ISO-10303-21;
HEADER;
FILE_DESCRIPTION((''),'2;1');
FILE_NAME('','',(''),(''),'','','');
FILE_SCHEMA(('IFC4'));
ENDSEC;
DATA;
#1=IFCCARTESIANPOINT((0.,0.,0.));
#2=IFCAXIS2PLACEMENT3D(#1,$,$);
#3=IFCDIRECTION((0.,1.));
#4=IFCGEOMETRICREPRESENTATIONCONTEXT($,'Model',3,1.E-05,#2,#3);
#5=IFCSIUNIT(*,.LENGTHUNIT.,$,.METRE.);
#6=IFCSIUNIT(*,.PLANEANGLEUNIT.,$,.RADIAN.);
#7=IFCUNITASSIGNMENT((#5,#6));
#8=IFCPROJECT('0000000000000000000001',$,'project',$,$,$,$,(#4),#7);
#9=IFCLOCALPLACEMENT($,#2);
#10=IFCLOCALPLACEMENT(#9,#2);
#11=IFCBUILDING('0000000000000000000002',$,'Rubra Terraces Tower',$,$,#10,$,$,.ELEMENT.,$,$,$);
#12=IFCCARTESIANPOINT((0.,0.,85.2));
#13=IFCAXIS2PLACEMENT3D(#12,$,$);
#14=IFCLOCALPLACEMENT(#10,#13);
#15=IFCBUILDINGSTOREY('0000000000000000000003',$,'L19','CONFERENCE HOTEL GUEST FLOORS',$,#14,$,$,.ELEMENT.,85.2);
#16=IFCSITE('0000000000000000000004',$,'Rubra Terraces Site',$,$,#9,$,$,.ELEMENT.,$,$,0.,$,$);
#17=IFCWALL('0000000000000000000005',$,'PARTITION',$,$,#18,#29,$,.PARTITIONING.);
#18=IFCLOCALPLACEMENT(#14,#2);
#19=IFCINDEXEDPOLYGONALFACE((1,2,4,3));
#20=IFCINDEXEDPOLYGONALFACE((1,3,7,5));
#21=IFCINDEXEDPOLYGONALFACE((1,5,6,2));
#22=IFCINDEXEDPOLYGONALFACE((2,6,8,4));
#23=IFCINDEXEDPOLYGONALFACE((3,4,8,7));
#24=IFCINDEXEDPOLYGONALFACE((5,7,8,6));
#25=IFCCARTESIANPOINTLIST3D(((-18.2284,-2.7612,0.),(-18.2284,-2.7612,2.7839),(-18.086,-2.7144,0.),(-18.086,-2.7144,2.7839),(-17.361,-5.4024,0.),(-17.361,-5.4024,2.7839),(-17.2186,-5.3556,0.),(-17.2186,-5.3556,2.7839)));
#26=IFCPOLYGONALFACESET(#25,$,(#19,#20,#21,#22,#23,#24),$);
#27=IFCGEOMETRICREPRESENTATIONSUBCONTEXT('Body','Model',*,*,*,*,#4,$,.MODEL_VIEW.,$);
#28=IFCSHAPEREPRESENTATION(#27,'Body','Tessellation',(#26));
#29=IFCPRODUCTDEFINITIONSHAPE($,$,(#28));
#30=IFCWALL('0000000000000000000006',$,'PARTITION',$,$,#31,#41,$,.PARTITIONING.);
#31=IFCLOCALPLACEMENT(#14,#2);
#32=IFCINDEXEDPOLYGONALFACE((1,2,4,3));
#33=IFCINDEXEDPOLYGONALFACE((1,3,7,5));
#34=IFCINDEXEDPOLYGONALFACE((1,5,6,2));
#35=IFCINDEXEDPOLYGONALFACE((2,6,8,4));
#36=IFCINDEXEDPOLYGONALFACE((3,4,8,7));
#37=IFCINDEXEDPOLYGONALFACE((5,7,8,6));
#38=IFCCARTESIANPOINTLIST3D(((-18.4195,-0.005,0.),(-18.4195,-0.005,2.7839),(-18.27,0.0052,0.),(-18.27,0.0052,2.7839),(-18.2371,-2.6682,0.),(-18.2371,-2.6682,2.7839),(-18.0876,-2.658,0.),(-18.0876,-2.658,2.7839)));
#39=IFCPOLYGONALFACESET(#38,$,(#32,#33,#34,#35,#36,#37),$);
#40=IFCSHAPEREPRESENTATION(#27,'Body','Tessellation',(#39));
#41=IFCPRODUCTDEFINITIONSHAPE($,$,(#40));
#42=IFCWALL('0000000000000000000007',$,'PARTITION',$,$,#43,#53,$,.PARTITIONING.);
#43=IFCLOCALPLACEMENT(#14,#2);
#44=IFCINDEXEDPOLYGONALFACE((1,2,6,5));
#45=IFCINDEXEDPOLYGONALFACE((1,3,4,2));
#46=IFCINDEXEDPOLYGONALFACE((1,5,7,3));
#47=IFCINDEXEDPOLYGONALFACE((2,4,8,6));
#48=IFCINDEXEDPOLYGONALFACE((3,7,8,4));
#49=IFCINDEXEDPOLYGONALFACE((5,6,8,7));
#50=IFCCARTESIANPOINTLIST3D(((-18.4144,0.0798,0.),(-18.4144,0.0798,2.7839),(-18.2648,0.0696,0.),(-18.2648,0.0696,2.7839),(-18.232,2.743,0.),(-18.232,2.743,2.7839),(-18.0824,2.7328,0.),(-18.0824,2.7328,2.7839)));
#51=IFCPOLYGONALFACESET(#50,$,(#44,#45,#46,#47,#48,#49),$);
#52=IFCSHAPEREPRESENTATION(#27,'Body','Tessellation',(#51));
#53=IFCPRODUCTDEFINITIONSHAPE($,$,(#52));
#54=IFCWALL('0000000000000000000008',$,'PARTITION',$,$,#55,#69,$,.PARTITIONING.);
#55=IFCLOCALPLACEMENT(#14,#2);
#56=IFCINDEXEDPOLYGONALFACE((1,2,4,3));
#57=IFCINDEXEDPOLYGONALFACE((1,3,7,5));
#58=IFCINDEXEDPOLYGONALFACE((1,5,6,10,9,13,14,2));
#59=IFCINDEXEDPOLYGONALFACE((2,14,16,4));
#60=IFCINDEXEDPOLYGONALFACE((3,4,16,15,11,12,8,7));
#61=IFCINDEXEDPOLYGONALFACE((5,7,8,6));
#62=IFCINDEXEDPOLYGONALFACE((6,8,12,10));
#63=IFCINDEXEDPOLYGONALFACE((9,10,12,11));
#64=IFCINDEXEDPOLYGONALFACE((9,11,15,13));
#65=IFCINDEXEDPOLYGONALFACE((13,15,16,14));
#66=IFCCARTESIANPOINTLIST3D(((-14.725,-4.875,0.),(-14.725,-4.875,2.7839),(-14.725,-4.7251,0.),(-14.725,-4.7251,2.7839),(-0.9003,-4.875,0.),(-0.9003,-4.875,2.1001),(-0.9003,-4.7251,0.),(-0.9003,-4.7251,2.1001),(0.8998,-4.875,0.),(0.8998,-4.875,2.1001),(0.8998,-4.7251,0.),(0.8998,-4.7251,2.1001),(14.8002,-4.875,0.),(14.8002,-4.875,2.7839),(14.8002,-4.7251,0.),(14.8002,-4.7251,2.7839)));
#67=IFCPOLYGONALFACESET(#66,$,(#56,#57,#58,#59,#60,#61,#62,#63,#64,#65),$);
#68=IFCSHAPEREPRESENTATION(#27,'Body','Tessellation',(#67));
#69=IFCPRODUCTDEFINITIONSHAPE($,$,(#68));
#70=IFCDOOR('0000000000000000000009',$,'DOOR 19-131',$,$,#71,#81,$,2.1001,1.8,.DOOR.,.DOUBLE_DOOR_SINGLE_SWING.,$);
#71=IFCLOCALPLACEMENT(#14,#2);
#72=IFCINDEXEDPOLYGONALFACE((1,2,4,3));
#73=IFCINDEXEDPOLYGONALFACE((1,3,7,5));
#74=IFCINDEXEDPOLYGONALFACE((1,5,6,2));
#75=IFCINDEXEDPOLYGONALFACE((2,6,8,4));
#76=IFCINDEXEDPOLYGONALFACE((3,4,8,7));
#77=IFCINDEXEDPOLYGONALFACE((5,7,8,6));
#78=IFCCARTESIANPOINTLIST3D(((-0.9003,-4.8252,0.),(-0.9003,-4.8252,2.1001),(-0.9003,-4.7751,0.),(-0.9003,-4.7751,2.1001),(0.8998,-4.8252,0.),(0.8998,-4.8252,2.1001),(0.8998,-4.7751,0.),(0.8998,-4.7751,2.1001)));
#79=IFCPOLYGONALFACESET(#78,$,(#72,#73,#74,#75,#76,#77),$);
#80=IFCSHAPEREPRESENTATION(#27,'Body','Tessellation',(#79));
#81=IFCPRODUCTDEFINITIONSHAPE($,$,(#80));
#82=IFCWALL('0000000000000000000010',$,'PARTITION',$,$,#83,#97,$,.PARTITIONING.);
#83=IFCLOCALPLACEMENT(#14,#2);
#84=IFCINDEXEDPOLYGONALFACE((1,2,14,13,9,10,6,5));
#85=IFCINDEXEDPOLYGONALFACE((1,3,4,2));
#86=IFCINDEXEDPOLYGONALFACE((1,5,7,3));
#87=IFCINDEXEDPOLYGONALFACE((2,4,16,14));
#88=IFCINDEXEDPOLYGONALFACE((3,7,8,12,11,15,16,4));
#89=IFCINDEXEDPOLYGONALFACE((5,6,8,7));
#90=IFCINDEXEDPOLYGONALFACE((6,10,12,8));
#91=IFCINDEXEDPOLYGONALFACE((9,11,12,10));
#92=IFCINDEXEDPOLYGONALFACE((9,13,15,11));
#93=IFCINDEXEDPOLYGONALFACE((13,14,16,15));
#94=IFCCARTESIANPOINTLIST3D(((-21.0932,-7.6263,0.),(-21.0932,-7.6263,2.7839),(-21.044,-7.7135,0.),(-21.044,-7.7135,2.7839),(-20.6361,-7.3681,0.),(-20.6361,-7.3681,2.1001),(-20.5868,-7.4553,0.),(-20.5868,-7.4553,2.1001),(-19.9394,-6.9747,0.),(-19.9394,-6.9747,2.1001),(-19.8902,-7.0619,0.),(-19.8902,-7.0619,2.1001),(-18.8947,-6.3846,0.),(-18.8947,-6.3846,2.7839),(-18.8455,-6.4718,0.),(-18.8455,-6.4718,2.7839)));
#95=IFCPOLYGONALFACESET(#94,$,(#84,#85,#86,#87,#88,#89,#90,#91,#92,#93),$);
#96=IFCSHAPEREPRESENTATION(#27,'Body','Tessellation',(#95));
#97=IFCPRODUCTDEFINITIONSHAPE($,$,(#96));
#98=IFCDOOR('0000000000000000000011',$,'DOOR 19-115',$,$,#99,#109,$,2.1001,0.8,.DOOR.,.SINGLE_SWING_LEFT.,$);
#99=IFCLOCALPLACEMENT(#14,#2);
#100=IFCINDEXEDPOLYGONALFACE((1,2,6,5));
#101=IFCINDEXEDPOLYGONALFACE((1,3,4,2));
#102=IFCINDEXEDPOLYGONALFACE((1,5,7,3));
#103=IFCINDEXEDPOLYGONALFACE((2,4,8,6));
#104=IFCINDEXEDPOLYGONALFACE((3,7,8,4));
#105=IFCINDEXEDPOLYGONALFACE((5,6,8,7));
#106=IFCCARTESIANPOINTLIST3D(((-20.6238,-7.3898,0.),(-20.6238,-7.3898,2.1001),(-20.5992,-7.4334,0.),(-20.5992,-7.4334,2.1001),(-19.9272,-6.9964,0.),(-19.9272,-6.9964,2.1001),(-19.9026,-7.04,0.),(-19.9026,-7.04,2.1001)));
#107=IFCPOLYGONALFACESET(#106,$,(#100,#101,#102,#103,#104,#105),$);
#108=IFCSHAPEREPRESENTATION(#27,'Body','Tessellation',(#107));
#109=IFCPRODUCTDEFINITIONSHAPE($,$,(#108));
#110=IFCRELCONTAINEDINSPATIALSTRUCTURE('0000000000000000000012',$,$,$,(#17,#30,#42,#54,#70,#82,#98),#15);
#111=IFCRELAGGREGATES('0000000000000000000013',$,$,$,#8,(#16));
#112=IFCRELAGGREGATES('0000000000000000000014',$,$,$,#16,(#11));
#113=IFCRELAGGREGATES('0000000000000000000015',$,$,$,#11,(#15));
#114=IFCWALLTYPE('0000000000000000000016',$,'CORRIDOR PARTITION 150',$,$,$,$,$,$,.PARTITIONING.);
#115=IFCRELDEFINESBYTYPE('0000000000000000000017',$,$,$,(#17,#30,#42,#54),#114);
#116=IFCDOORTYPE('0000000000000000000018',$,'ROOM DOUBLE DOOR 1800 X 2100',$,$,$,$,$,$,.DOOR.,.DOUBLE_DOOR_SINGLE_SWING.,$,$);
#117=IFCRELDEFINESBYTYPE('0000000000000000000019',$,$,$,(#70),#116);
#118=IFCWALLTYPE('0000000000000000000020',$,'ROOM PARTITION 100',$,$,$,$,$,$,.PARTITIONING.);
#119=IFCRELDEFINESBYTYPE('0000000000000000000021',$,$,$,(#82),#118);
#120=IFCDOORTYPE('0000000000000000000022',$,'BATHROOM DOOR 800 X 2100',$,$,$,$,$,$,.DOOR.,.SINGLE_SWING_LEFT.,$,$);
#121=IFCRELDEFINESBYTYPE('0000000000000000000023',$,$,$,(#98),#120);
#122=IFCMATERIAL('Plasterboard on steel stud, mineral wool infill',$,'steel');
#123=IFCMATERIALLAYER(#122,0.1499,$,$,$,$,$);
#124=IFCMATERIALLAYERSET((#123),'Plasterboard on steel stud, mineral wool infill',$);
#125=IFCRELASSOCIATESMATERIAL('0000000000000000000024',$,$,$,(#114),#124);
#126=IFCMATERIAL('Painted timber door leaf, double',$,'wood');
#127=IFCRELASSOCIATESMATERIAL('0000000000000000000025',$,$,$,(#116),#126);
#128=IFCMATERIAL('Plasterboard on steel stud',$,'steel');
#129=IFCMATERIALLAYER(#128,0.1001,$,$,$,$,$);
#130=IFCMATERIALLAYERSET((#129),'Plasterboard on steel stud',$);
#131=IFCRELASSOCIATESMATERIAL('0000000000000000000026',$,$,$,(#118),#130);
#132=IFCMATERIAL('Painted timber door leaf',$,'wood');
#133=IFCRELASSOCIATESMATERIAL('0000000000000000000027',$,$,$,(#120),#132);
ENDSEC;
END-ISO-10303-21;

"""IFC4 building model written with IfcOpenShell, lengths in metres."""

from ifc_helpers import new_model, si_unit, direction, frame, frame_2d, origin, place, context, subcontext, project, spatial, rectangle, extrude, material, layer, layer_set, type_object, element, fill, save


model = new_model("IFC4")

# Units and contexts
model_context = context("Model", 3, precision=1e-05, world=origin(), true_north=direction((0.0, 1.0)))
body_context = subcontext(model_context, "Body", "Model", "MODEL_VIEW")
ifc_project = project(units=[si_unit("LENGTHUNIT", "METRE"), si_unit("PLANEANGLEUNIT", "RADIAN")], contexts=[model_context])

# Site, building, storey
site_placement = place(None, origin())
site = spatial("IfcSite", under=ifc_project, at=site_placement, Name="Rubra Terraces Site", CompositionType="ELEMENT", RefElevation=0.0)
building_placement = place(site_placement, origin())
building = spatial("IfcBuilding", under=site, at=building_placement, Name="Rubra Terraces Tower", CompositionType="ELEMENT")
storey_placement = place(building_placement, frame((0.0, 0.0, 85.2)))
storey = spatial("IfcBuildingStorey", under=building, at=storey_placement, Name="L19", Description="CONFERENCE HOTEL GUEST FLOORS", CompositionType="ELEMENT", Elevation=85.2)

# Shared definitions
ifc_material_1 = material(Name="Plasterboard on steel stud, mineral wool infill", Category="steel")
ifc_layer_1 = layer(ifc_material_1, 0.1499)
ifc_layer_set_1 = layer_set([ifc_layer_1], Name="Plasterboard on steel stud, mineral wool infill")
wall_type_1 = type_object("IfcWallType", Name="CORRIDOR PARTITION 150", PredefinedType="PARTITIONING", material=ifc_layer_set_1)

# Shared definitions
ifc_material_2 = material(Name="Painted timber door leaf", Category="wood")

# Walls
wall_1_placement = place(storey_placement, frame((-17.2898, -5.3792, 0.0), z_axis=(0.0, 0.0, 1.0), x_axis=(-0.312009, 0.950079, 0.0)))
element("IfcWall", 1, at=wall_1_placement, inside=storey, type_object=wall_type_1, Name="PARTITION", PredefinedType="PARTITIONING", context=body_context, shape_type="SweptSolid", body=[
    extrude(rectangle(XDim=2.78, YDim=0.1499, at=frame_2d((1.3901, 0.0))), origin(), (0.0, 0.0, 1.0), 2.7839),
])
for number, where, z_axis, x_axis, name in (
    (2, (-18.1624, -2.6631, 0.0), (0.0, 0.0, 1.0), (-0.068322, 0.997663, 0.0), "PARTITION"),
    (3, (-18.3396, 0.0747, 0.0), (0.0, 0.0, 1.0), (0.068322, 0.997663, 0.0), "PARTITION"),
):
    element("IfcWall", number, at=place(storey_placement, frame(where, z_axis=z_axis, x_axis=x_axis)), inside=storey, type_object=wall_type_1, Name=name, PredefinedType="PARTITIONING", context=body_context, shape_type="SweptSolid", body=[
        extrude(rectangle(XDim=2.6694, YDim=0.1499, at=frame_2d((1.3347, 0.0))), origin(), (0.0, 0.0, 1.0), 2.7839),
    ])

# Walls, openings, doors
wall_2_placement = place(storey_placement, frame((-14.7251, -4.8, 0.0), z_axis=(0.0, 0.0, 1.0), x_axis=(1.0, 0.0, 0.0)))
wall_2 = element("IfcWall", 4, at=wall_2_placement, inside=storey, type_object=wall_type_1, Name="PARTITION", PredefinedType="PARTITIONING", context=body_context, shape_type="SweptSolid", body=[
    extrude(rectangle(XDim=29.5251, YDim=0.1499, at=frame_2d((14.7627, 0.0))), origin(), (0.0, 0.0, 1.0), 2.7839),
])
opening_1_placement = place(wall_2_placement, frame((13.825, 0.0, 0.0)))
opening_1 = element("IfcOpeningElement", 5, at=opening_1_placement, cuts=wall_2, PredefinedType="OPENING", context=body_context, shape_type="SweptSolid", body=[
    extrude(rectangle(XDim=1.8, YDim=2.1001, at=frame_2d((0.8999, 1.05))), frame((0.0, 0.085, 0.0), z_axis=(0.0, -1.0, 0.0), x_axis=(1.0, 0.0, 0.0)), (0.0, 0.0, 1.0), 0.1699),
])
ifc_material_3 = material(Name="Painted timber door leaf, double", Category="wood")
door_type_1 = type_object("IfcDoorType", Name="ROOM DOUBLE DOOR 1800 X 2100", OperationType="DOUBLE_DOOR_SINGLE_SWING", PredefinedType="DOOR", material=ifc_material_3)
door_1_placement = place(opening_1_placement, origin())
door_1 = element("IfcDoor", 6, at=door_1_placement, inside=storey, type_object=door_type_1, Name="DOOR 19-131", OperationType="DOUBLE_DOOR_SINGLE_SWING", OverallHeight=2.1001, OverallWidth=1.8, PredefinedType="DOOR", context=body_context, shape_type="SweptSolid", body=[
    extrude(rectangle(XDim=1.8, YDim=2.1001, at=frame_2d((0.8999, 1.05))), frame((0.0, 0.0249, 0.0), z_axis=(0.0, -1.0, 0.0), x_axis=(1.0, 0.0, 0.0)), (0.0, 0.0, 1.0), 0.05),
])
fill(opening_1, door_1)
ifc_material_4 = material(Name="Plasterboard on steel stud", Category="steel")
ifc_layer_2 = layer(ifc_material_4, 0.1001)
ifc_layer_set_2 = layer_set([ifc_layer_2], Name="Plasterboard on steel stud")
wall_type_2 = type_object("IfcWallType", Name="ROOM PARTITION 100", PredefinedType="PARTITIONING", material=ifc_layer_set_2)
wall_3_placement = place(storey_placement, frame((-18.8701, -6.4282, 0.0), z_axis=(0.0, 0.0, 1.0), x_axis=(-0.870719, -0.49178, 0.0)))
wall_3 = element("IfcWall", 7, at=wall_3_placement, inside=storey, type_object=wall_type_2, Name="PARTITION", PredefinedType="PARTITIONING", context=body_context, shape_type="SweptSolid", body=[
    extrude(rectangle(XDim=2.5249, YDim=0.1001, at=frame_2d((1.2625, 0.0))), origin(), (0.0, 0.0, 1.0), 2.7839),
])
opening_2_placement = place(wall_3_placement, frame((1.2, 0.0, 0.0)))
opening_2 = element("IfcOpeningElement", 8, at=opening_2_placement, cuts=wall_3, PredefinedType="OPENING", context=body_context, shape_type="SweptSolid", body=[
    extrude(rectangle(XDim=0.8, YDim=2.1001, at=frame_2d((0.3999, 1.05))), frame((0.0, 0.0601, 0.0), z_axis=(0.0, -1.0, 0.0), x_axis=(1.0, 0.0, 0.0)), (0.0, 0.0, 1.0), 0.1201),
])
door_type_2 = type_object("IfcDoorType", Name="BATHROOM DOOR 800 X 2100", OperationType="SINGLE_SWING_LEFT", PredefinedType="DOOR", material=ifc_material_2)
door_2_placement = place(opening_2_placement, origin())
door_2 = element("IfcDoor", 9, at=door_2_placement, inside=storey, type_object=door_type_2, Name="DOOR 19-115", OperationType="SINGLE_SWING_LEFT", OverallHeight=2.1001, OverallWidth=0.8, PredefinedType="DOOR", context=body_context, shape_type="SweptSolid", body=[
    extrude(rectangle(XDim=0.8, YDim=2.1001, at=frame_2d((0.3999, 1.05))), frame((0.0, 0.0249, 0.0), z_axis=(0.0, -1.0, 0.0), x_axis=(1.0, 0.0, 0.0)), (0.0, 0.0, 1.0), 0.05),
])
fill(opening_2, door_2)

save(model, "model.ifc")
